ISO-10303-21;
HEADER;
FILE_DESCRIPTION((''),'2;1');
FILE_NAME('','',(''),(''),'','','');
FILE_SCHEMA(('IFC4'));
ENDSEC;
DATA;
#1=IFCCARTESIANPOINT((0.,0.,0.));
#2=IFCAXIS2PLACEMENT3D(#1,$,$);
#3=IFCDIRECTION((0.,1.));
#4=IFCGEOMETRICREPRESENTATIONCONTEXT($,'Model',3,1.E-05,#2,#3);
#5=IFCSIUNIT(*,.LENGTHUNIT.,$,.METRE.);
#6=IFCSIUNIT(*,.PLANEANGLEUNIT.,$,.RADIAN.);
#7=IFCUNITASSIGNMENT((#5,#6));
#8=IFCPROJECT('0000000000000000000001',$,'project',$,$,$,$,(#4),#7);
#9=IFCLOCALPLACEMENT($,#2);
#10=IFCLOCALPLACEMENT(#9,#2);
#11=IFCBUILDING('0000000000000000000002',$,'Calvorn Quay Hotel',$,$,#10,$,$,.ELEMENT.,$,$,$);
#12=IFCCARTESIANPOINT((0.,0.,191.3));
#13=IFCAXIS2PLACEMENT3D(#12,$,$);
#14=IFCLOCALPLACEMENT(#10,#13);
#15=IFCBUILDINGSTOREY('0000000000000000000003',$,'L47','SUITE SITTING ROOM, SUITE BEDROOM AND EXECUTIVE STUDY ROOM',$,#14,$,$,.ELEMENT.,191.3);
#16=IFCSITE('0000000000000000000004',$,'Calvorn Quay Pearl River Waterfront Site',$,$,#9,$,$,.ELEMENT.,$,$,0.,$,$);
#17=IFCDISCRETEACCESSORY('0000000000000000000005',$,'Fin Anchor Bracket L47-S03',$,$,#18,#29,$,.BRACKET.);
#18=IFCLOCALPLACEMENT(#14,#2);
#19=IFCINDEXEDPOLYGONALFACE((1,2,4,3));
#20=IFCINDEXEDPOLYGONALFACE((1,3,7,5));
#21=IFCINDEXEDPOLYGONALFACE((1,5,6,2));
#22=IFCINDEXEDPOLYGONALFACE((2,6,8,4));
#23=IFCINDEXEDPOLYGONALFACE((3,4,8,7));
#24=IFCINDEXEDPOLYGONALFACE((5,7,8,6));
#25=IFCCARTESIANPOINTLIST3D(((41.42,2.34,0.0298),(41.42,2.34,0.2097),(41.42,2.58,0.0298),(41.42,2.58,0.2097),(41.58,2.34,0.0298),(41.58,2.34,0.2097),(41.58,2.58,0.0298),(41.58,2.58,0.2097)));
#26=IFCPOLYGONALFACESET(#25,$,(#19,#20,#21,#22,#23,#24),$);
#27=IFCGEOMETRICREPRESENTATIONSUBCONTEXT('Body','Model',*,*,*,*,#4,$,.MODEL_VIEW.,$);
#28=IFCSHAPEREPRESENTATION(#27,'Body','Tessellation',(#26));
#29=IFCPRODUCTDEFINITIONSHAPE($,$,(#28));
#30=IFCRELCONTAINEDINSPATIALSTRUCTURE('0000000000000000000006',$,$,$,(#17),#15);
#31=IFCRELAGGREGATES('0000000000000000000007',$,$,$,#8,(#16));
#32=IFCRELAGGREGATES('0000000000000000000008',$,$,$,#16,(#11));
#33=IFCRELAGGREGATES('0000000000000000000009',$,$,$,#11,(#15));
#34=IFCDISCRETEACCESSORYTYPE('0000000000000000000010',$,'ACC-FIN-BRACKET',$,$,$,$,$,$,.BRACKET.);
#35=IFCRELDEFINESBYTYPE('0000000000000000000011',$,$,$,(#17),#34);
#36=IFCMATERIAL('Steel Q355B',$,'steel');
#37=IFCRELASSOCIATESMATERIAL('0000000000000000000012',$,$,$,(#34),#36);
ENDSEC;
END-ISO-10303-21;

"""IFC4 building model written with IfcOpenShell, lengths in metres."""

from ifc_helpers import new_model, si_unit, direction, frame, origin, origin_2d, place, context, subcontext, project, spatial, rectangle, extrude, material, type_object, element, save


model = new_model("IFC4")

# Units and contexts
model_context = context("Model", 3, precision=1e-05, world=origin(), true_north=direction((0.0, 1.0)))
body_context = subcontext(model_context, "Body", "Model", "MODEL_VIEW")
ifc_project = project(units=[si_unit("LENGTHUNIT", "METRE"), si_unit("PLANEANGLEUNIT", "RADIAN")], contexts=[model_context])

# Site, building, storey
site_placement = place(None, origin())
site = spatial("IfcSite", under=ifc_project, at=site_placement, Name="Calvorn Quay Pearl River Waterfront Site", CompositionType="ELEMENT", RefElevation=0.0)
building_placement = place(site_placement, origin())
building = spatial("IfcBuilding", under=site, at=building_placement, Name="Calvorn Quay Hotel", CompositionType="ELEMENT")
storey_placement = place(building_placement, frame((0.0, 0.0, 191.3)))
storey = spatial("IfcBuildingStorey", under=building, at=storey_placement, Name="L47", Description="SUITE SITTING ROOM, SUITE BEDROOM AND EXECUTIVE STUDY ROOM", CompositionType="ELEMENT", Elevation=191.3)

# Discrete accessory
ifc_material_1 = material(Name="Steel Q355B", Category="steel")
discrete_accessory_type = type_object("IfcDiscreteAccessoryType", Name="ACC-FIN-BRACKET", PredefinedType="BRACKET", material=ifc_material_1)
discrete_accessory_placement = place(storey_placement, frame((41.5, 2.46, 0.0298), z_axis=(0.0, 0.0, 1.0), x_axis=(0.0, 1.0, 0.0)))
element("IfcDiscreteAccessory", 1, at=discrete_accessory_placement, inside=storey, type_object=discrete_accessory_type, Name="Fin Anchor Bracket L47-S03", PredefinedType="BRACKET", context=body_context, shape_type="SweptSolid", body=[
    extrude(rectangle(XDim=0.24, YDim=0.1599, at=origin_2d()), origin(), (0.0, 0.0, 1.0), 0.1799),
])

save(model, "model.ifc")
